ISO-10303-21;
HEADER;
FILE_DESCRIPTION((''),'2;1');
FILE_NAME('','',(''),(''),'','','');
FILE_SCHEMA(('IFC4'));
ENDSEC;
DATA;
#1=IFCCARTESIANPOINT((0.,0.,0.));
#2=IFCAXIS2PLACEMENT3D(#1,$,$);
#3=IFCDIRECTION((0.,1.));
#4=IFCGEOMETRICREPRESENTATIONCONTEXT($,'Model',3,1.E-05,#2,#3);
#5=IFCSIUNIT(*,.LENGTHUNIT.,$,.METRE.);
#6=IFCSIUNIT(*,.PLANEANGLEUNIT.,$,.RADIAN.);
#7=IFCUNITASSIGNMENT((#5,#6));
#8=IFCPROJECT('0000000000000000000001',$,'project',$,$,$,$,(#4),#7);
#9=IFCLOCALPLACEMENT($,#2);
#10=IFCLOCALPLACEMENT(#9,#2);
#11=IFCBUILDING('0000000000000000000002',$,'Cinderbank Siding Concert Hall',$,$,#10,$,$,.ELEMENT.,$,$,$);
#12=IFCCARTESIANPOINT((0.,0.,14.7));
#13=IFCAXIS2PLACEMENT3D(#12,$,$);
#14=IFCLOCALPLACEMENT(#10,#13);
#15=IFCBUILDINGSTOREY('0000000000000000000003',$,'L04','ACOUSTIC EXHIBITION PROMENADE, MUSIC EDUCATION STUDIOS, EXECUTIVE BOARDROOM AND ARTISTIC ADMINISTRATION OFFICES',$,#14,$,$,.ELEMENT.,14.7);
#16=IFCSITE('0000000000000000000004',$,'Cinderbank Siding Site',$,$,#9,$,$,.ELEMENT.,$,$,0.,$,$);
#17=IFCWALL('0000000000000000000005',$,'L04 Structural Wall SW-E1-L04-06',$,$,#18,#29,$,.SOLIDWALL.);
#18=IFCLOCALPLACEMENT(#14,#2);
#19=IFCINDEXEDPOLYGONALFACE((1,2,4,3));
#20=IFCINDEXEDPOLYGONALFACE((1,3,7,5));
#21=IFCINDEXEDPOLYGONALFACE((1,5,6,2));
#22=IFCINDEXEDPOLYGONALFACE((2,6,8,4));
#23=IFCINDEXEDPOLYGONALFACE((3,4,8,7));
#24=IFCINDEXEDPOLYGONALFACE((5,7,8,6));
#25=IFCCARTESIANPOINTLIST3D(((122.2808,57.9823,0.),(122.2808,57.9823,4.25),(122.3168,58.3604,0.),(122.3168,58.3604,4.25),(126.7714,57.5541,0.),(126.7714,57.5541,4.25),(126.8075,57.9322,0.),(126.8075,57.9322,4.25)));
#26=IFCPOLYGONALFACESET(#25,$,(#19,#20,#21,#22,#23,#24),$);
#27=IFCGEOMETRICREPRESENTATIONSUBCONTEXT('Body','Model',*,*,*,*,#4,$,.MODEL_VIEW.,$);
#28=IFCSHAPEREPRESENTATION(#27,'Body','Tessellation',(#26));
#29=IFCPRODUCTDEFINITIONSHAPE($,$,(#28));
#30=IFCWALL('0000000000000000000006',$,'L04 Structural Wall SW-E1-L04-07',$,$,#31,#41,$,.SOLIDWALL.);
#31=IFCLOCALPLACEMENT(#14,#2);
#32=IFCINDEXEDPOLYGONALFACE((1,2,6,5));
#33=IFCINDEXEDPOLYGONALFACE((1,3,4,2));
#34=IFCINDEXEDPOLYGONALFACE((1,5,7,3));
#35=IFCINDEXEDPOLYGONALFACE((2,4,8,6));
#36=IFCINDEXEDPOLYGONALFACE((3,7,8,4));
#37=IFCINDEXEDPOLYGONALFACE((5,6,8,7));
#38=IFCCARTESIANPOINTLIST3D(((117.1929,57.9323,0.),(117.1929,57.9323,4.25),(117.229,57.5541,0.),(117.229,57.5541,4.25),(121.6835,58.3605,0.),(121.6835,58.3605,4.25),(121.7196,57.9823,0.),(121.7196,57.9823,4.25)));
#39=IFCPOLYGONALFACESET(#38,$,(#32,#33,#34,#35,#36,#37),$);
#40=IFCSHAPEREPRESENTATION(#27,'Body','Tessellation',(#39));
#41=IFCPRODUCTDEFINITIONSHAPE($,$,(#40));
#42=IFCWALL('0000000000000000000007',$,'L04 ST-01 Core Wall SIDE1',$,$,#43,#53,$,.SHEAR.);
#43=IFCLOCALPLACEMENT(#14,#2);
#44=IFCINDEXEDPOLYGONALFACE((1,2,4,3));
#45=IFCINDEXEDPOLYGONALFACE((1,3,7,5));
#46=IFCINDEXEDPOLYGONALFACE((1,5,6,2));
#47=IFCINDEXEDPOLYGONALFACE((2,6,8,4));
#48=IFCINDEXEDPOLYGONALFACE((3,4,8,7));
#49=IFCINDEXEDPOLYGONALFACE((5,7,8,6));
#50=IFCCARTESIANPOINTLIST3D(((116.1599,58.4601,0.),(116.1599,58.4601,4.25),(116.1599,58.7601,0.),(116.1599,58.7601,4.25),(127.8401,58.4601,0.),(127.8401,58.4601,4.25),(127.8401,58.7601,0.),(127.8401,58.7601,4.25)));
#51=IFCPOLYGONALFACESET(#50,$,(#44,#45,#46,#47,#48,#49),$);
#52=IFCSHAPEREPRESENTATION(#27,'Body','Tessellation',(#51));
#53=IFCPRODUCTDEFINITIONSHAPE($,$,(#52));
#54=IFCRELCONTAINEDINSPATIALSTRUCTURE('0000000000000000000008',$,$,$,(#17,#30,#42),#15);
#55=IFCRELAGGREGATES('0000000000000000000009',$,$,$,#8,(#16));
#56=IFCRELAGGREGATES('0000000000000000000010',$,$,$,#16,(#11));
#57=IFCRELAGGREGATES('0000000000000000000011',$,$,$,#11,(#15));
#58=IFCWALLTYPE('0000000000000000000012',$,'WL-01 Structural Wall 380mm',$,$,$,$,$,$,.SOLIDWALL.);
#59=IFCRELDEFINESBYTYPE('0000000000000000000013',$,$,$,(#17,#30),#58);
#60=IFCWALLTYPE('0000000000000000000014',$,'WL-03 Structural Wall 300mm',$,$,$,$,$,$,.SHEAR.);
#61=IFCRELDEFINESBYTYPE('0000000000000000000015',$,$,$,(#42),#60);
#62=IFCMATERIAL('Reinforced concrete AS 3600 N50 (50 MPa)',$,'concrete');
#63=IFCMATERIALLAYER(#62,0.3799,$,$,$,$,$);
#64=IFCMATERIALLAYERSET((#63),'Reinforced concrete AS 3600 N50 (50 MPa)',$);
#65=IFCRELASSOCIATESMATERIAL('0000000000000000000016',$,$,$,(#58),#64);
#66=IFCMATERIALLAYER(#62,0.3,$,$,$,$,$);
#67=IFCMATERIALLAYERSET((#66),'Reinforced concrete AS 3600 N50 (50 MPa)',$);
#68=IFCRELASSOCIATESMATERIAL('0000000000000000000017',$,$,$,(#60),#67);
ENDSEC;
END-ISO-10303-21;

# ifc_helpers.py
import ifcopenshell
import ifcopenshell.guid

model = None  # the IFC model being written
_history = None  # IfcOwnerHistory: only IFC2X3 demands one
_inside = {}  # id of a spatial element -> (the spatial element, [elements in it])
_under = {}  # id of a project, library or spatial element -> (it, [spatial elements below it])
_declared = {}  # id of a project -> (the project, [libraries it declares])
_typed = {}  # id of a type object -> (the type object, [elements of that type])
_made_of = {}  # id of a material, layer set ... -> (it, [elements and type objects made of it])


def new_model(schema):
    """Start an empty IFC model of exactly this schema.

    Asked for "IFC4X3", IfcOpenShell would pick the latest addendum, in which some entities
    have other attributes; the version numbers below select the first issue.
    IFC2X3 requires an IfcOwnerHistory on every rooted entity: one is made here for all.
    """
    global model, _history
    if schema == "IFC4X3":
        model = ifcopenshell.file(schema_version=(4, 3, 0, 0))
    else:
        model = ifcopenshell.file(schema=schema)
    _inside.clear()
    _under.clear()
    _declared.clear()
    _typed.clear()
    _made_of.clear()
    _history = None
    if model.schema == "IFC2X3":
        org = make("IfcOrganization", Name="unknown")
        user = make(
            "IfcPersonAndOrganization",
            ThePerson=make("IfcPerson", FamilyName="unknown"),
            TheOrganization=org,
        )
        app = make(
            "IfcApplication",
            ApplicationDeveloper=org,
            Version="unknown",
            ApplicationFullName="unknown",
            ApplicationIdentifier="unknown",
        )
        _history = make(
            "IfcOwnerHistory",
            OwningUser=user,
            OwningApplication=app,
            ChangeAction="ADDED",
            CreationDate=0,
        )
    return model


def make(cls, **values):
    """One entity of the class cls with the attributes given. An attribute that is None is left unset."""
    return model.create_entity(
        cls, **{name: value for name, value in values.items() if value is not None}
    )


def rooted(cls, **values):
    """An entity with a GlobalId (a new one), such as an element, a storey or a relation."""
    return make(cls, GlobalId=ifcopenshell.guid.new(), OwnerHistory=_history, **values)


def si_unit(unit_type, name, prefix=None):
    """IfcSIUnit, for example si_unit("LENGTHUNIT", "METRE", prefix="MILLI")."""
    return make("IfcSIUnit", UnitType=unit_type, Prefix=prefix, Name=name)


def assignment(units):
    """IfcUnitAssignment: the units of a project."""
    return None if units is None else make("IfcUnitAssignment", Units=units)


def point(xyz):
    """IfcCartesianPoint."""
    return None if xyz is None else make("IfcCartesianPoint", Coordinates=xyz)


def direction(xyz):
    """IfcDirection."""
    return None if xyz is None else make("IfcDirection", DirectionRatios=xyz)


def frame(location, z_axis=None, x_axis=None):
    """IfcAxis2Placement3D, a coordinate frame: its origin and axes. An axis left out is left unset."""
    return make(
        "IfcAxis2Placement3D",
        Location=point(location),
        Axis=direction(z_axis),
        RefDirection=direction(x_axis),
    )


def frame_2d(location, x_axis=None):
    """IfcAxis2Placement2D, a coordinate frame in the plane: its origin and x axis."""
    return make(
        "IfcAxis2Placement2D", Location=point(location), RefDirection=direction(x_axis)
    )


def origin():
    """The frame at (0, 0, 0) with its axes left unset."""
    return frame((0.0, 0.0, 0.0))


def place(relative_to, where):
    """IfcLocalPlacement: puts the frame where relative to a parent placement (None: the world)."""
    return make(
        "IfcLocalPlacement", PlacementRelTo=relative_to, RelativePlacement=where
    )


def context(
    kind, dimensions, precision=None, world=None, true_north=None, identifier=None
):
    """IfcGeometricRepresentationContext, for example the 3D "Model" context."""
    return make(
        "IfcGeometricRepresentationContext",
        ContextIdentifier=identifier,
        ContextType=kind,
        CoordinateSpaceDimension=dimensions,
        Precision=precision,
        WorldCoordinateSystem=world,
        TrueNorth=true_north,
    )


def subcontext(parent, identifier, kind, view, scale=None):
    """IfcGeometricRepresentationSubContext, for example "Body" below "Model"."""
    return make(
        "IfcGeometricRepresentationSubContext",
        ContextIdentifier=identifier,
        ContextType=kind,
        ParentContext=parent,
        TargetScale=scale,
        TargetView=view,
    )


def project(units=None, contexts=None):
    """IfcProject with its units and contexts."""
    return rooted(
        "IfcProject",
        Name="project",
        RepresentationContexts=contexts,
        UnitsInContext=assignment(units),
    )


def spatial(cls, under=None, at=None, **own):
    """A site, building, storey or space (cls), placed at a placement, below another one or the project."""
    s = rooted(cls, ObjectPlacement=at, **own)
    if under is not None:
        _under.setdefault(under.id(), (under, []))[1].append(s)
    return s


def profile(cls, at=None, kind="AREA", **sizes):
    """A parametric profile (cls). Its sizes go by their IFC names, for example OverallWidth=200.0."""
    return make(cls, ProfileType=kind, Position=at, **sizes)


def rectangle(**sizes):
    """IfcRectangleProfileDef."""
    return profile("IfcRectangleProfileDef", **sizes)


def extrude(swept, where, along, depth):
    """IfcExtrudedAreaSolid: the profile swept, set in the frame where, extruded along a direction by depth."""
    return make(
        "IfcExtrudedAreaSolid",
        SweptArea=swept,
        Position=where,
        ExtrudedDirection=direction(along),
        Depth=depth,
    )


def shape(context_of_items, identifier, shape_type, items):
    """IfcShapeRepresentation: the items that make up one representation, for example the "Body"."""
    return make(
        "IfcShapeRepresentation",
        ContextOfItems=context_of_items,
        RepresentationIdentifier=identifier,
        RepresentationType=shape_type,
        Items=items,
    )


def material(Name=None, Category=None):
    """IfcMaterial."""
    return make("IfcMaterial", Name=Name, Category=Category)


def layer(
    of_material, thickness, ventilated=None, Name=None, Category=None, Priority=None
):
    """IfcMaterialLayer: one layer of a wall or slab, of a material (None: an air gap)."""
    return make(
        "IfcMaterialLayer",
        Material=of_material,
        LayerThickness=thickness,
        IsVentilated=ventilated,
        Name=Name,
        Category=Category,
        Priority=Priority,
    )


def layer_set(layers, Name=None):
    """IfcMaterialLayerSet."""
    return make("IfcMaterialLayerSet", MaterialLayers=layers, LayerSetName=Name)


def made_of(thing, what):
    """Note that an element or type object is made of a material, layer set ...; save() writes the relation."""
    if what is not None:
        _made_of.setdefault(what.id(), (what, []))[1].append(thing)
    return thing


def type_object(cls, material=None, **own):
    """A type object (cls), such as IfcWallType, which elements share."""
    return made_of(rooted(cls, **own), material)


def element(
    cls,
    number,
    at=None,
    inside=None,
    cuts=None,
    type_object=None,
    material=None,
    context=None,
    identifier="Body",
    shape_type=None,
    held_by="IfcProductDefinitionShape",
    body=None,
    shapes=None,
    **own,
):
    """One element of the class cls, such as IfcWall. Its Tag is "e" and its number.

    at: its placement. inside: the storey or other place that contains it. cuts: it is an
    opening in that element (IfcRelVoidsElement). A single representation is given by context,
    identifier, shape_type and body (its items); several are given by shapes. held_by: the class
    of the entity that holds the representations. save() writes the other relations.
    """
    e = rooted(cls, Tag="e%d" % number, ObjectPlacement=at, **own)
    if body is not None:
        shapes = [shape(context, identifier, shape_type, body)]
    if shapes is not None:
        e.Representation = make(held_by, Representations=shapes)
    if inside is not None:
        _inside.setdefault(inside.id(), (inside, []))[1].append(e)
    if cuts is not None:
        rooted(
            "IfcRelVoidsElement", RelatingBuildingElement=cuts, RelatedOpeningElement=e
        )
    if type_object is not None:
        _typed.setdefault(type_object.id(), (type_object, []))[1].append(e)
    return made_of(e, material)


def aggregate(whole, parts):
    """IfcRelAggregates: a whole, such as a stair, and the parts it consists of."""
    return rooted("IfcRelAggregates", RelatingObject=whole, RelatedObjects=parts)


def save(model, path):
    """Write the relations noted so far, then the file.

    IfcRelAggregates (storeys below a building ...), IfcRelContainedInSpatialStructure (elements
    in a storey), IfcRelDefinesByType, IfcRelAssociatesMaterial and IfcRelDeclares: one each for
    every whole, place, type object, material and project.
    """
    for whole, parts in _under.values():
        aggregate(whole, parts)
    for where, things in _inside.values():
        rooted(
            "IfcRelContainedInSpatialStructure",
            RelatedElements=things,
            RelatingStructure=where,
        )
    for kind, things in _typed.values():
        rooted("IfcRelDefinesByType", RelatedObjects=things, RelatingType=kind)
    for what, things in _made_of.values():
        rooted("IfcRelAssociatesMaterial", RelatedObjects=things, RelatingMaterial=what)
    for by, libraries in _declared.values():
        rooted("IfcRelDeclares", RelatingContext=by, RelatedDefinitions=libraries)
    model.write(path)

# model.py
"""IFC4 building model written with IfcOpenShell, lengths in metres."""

from ifc_helpers import new_model, si_unit, direction, frame, frame_2d, origin, place, context, subcontext, project, spatial, rectangle, extrude, material, layer, layer_set, type_object, element, save


model = new_model("IFC4")

# Units and contexts
model_context = context("Model", 3, precision=1e-05, world=origin(), true_north=direction((0.0, 1.0)))
body_context = subcontext(model_context, "Body", "Model", "MODEL_VIEW")
ifc_project = project(units=[si_unit("LENGTHUNIT", "METRE"), si_unit("PLANEANGLEUNIT", "RADIAN")], contexts=[model_context])

# Site, building, storey
site_placement = place(None, origin())
site = spatial("IfcSite", under=ifc_project, at=site_placement, Name="Cinderbank Siding Site", CompositionType="ELEMENT", RefElevation=0.0)
building_placement = place(site_placement, origin())
building = spatial("IfcBuilding", under=site, at=building_placement, Name="Cinderbank Siding Concert Hall", CompositionType="ELEMENT")
storey_placement = place(building_placement, frame((0.0, 0.0, 14.7)))
storey = spatial("IfcBuildingStorey", under=building, at=storey_placement, Name="L04", Description="ACOUSTIC EXHIBITION PROMENADE, MUSIC EDUCATION STUDIOS, EXECUTIVE BOARDROOM AND ARTISTIC ADMINISTRATION OFFICES", CompositionType="ELEMENT", Elevation=14.7)

# Shared definitions
ifc_material_1 = material(Name="Reinforced concrete AS 3600 N50 (50 MPa)", Category="concrete")

# Walls
ifc_layer_1 = layer(ifc_material_1, 0.3799)
ifc_layer_set_1 = layer_set([ifc_layer_1], Name="Reinforced concrete AS 3600 N50 (50 MPa)")
wall_type_1 = type_object("IfcWallType", Name="WL-01 Structural Wall 380mm", PredefinedType="SOLIDWALL", material=ifc_layer_set_1)
for number, where, z_axis, x_axis, name in (
    (1, (126.7893, 57.7432, 0.0), (0.0, 0.0, 1.0), (-0.995484, 0.094927, 0.0), "L04 Structural Wall SW-E1-L04-06"),
    (2, (121.7014, 58.1714, 0.0), (0.0, 0.0, 1.0), (-0.995484, -0.094927, 0.0), "L04 Structural Wall SW-E1-L04-07"),
):
    element("IfcWall", number, at=place(storey_placement, frame(where, z_axis=z_axis, x_axis=x_axis)), inside=storey, type_object=wall_type_1, Name=name, PredefinedType="SOLIDWALL", context=body_context, shape_type="SweptSolid", body=[
        extrude(rectangle(XDim=4.511, YDim=0.3799, at=frame_2d((2.2554, 0.0))), origin(), (0.0, 0.0, 1.0), 4.25),
    ])
ifc_layer_2 = layer(ifc_material_1, 0.3)
ifc_layer_set_2 = layer_set([ifc_layer_2], Name="Reinforced concrete AS 3600 N50 (50 MPa)")
wall_type_2 = type_object("IfcWallType", Name="WL-03 Structural Wall 300mm", PredefinedType="SHEAR", material=ifc_layer_set_2)
wall_placement = place(storey_placement, frame((127.8401, 58.6101, 0.0), z_axis=(0.0, 0.0, 1.0), x_axis=(-1.0, 0.0, 0.0)))
element("IfcWall", 3, at=wall_placement, inside=storey, type_object=wall_type_2, Name="L04 ST-01 Core Wall SIDE1", PredefinedType="SHEAR", context=body_context, shape_type="SweptSolid", body=[
    extrude(rectangle(XDim=11.6802, YDim=0.3, at=frame_2d((5.8401, 0.0))), origin(), (0.0, 0.0, 1.0), 4.25),
])

save(model, "model.ifc")
